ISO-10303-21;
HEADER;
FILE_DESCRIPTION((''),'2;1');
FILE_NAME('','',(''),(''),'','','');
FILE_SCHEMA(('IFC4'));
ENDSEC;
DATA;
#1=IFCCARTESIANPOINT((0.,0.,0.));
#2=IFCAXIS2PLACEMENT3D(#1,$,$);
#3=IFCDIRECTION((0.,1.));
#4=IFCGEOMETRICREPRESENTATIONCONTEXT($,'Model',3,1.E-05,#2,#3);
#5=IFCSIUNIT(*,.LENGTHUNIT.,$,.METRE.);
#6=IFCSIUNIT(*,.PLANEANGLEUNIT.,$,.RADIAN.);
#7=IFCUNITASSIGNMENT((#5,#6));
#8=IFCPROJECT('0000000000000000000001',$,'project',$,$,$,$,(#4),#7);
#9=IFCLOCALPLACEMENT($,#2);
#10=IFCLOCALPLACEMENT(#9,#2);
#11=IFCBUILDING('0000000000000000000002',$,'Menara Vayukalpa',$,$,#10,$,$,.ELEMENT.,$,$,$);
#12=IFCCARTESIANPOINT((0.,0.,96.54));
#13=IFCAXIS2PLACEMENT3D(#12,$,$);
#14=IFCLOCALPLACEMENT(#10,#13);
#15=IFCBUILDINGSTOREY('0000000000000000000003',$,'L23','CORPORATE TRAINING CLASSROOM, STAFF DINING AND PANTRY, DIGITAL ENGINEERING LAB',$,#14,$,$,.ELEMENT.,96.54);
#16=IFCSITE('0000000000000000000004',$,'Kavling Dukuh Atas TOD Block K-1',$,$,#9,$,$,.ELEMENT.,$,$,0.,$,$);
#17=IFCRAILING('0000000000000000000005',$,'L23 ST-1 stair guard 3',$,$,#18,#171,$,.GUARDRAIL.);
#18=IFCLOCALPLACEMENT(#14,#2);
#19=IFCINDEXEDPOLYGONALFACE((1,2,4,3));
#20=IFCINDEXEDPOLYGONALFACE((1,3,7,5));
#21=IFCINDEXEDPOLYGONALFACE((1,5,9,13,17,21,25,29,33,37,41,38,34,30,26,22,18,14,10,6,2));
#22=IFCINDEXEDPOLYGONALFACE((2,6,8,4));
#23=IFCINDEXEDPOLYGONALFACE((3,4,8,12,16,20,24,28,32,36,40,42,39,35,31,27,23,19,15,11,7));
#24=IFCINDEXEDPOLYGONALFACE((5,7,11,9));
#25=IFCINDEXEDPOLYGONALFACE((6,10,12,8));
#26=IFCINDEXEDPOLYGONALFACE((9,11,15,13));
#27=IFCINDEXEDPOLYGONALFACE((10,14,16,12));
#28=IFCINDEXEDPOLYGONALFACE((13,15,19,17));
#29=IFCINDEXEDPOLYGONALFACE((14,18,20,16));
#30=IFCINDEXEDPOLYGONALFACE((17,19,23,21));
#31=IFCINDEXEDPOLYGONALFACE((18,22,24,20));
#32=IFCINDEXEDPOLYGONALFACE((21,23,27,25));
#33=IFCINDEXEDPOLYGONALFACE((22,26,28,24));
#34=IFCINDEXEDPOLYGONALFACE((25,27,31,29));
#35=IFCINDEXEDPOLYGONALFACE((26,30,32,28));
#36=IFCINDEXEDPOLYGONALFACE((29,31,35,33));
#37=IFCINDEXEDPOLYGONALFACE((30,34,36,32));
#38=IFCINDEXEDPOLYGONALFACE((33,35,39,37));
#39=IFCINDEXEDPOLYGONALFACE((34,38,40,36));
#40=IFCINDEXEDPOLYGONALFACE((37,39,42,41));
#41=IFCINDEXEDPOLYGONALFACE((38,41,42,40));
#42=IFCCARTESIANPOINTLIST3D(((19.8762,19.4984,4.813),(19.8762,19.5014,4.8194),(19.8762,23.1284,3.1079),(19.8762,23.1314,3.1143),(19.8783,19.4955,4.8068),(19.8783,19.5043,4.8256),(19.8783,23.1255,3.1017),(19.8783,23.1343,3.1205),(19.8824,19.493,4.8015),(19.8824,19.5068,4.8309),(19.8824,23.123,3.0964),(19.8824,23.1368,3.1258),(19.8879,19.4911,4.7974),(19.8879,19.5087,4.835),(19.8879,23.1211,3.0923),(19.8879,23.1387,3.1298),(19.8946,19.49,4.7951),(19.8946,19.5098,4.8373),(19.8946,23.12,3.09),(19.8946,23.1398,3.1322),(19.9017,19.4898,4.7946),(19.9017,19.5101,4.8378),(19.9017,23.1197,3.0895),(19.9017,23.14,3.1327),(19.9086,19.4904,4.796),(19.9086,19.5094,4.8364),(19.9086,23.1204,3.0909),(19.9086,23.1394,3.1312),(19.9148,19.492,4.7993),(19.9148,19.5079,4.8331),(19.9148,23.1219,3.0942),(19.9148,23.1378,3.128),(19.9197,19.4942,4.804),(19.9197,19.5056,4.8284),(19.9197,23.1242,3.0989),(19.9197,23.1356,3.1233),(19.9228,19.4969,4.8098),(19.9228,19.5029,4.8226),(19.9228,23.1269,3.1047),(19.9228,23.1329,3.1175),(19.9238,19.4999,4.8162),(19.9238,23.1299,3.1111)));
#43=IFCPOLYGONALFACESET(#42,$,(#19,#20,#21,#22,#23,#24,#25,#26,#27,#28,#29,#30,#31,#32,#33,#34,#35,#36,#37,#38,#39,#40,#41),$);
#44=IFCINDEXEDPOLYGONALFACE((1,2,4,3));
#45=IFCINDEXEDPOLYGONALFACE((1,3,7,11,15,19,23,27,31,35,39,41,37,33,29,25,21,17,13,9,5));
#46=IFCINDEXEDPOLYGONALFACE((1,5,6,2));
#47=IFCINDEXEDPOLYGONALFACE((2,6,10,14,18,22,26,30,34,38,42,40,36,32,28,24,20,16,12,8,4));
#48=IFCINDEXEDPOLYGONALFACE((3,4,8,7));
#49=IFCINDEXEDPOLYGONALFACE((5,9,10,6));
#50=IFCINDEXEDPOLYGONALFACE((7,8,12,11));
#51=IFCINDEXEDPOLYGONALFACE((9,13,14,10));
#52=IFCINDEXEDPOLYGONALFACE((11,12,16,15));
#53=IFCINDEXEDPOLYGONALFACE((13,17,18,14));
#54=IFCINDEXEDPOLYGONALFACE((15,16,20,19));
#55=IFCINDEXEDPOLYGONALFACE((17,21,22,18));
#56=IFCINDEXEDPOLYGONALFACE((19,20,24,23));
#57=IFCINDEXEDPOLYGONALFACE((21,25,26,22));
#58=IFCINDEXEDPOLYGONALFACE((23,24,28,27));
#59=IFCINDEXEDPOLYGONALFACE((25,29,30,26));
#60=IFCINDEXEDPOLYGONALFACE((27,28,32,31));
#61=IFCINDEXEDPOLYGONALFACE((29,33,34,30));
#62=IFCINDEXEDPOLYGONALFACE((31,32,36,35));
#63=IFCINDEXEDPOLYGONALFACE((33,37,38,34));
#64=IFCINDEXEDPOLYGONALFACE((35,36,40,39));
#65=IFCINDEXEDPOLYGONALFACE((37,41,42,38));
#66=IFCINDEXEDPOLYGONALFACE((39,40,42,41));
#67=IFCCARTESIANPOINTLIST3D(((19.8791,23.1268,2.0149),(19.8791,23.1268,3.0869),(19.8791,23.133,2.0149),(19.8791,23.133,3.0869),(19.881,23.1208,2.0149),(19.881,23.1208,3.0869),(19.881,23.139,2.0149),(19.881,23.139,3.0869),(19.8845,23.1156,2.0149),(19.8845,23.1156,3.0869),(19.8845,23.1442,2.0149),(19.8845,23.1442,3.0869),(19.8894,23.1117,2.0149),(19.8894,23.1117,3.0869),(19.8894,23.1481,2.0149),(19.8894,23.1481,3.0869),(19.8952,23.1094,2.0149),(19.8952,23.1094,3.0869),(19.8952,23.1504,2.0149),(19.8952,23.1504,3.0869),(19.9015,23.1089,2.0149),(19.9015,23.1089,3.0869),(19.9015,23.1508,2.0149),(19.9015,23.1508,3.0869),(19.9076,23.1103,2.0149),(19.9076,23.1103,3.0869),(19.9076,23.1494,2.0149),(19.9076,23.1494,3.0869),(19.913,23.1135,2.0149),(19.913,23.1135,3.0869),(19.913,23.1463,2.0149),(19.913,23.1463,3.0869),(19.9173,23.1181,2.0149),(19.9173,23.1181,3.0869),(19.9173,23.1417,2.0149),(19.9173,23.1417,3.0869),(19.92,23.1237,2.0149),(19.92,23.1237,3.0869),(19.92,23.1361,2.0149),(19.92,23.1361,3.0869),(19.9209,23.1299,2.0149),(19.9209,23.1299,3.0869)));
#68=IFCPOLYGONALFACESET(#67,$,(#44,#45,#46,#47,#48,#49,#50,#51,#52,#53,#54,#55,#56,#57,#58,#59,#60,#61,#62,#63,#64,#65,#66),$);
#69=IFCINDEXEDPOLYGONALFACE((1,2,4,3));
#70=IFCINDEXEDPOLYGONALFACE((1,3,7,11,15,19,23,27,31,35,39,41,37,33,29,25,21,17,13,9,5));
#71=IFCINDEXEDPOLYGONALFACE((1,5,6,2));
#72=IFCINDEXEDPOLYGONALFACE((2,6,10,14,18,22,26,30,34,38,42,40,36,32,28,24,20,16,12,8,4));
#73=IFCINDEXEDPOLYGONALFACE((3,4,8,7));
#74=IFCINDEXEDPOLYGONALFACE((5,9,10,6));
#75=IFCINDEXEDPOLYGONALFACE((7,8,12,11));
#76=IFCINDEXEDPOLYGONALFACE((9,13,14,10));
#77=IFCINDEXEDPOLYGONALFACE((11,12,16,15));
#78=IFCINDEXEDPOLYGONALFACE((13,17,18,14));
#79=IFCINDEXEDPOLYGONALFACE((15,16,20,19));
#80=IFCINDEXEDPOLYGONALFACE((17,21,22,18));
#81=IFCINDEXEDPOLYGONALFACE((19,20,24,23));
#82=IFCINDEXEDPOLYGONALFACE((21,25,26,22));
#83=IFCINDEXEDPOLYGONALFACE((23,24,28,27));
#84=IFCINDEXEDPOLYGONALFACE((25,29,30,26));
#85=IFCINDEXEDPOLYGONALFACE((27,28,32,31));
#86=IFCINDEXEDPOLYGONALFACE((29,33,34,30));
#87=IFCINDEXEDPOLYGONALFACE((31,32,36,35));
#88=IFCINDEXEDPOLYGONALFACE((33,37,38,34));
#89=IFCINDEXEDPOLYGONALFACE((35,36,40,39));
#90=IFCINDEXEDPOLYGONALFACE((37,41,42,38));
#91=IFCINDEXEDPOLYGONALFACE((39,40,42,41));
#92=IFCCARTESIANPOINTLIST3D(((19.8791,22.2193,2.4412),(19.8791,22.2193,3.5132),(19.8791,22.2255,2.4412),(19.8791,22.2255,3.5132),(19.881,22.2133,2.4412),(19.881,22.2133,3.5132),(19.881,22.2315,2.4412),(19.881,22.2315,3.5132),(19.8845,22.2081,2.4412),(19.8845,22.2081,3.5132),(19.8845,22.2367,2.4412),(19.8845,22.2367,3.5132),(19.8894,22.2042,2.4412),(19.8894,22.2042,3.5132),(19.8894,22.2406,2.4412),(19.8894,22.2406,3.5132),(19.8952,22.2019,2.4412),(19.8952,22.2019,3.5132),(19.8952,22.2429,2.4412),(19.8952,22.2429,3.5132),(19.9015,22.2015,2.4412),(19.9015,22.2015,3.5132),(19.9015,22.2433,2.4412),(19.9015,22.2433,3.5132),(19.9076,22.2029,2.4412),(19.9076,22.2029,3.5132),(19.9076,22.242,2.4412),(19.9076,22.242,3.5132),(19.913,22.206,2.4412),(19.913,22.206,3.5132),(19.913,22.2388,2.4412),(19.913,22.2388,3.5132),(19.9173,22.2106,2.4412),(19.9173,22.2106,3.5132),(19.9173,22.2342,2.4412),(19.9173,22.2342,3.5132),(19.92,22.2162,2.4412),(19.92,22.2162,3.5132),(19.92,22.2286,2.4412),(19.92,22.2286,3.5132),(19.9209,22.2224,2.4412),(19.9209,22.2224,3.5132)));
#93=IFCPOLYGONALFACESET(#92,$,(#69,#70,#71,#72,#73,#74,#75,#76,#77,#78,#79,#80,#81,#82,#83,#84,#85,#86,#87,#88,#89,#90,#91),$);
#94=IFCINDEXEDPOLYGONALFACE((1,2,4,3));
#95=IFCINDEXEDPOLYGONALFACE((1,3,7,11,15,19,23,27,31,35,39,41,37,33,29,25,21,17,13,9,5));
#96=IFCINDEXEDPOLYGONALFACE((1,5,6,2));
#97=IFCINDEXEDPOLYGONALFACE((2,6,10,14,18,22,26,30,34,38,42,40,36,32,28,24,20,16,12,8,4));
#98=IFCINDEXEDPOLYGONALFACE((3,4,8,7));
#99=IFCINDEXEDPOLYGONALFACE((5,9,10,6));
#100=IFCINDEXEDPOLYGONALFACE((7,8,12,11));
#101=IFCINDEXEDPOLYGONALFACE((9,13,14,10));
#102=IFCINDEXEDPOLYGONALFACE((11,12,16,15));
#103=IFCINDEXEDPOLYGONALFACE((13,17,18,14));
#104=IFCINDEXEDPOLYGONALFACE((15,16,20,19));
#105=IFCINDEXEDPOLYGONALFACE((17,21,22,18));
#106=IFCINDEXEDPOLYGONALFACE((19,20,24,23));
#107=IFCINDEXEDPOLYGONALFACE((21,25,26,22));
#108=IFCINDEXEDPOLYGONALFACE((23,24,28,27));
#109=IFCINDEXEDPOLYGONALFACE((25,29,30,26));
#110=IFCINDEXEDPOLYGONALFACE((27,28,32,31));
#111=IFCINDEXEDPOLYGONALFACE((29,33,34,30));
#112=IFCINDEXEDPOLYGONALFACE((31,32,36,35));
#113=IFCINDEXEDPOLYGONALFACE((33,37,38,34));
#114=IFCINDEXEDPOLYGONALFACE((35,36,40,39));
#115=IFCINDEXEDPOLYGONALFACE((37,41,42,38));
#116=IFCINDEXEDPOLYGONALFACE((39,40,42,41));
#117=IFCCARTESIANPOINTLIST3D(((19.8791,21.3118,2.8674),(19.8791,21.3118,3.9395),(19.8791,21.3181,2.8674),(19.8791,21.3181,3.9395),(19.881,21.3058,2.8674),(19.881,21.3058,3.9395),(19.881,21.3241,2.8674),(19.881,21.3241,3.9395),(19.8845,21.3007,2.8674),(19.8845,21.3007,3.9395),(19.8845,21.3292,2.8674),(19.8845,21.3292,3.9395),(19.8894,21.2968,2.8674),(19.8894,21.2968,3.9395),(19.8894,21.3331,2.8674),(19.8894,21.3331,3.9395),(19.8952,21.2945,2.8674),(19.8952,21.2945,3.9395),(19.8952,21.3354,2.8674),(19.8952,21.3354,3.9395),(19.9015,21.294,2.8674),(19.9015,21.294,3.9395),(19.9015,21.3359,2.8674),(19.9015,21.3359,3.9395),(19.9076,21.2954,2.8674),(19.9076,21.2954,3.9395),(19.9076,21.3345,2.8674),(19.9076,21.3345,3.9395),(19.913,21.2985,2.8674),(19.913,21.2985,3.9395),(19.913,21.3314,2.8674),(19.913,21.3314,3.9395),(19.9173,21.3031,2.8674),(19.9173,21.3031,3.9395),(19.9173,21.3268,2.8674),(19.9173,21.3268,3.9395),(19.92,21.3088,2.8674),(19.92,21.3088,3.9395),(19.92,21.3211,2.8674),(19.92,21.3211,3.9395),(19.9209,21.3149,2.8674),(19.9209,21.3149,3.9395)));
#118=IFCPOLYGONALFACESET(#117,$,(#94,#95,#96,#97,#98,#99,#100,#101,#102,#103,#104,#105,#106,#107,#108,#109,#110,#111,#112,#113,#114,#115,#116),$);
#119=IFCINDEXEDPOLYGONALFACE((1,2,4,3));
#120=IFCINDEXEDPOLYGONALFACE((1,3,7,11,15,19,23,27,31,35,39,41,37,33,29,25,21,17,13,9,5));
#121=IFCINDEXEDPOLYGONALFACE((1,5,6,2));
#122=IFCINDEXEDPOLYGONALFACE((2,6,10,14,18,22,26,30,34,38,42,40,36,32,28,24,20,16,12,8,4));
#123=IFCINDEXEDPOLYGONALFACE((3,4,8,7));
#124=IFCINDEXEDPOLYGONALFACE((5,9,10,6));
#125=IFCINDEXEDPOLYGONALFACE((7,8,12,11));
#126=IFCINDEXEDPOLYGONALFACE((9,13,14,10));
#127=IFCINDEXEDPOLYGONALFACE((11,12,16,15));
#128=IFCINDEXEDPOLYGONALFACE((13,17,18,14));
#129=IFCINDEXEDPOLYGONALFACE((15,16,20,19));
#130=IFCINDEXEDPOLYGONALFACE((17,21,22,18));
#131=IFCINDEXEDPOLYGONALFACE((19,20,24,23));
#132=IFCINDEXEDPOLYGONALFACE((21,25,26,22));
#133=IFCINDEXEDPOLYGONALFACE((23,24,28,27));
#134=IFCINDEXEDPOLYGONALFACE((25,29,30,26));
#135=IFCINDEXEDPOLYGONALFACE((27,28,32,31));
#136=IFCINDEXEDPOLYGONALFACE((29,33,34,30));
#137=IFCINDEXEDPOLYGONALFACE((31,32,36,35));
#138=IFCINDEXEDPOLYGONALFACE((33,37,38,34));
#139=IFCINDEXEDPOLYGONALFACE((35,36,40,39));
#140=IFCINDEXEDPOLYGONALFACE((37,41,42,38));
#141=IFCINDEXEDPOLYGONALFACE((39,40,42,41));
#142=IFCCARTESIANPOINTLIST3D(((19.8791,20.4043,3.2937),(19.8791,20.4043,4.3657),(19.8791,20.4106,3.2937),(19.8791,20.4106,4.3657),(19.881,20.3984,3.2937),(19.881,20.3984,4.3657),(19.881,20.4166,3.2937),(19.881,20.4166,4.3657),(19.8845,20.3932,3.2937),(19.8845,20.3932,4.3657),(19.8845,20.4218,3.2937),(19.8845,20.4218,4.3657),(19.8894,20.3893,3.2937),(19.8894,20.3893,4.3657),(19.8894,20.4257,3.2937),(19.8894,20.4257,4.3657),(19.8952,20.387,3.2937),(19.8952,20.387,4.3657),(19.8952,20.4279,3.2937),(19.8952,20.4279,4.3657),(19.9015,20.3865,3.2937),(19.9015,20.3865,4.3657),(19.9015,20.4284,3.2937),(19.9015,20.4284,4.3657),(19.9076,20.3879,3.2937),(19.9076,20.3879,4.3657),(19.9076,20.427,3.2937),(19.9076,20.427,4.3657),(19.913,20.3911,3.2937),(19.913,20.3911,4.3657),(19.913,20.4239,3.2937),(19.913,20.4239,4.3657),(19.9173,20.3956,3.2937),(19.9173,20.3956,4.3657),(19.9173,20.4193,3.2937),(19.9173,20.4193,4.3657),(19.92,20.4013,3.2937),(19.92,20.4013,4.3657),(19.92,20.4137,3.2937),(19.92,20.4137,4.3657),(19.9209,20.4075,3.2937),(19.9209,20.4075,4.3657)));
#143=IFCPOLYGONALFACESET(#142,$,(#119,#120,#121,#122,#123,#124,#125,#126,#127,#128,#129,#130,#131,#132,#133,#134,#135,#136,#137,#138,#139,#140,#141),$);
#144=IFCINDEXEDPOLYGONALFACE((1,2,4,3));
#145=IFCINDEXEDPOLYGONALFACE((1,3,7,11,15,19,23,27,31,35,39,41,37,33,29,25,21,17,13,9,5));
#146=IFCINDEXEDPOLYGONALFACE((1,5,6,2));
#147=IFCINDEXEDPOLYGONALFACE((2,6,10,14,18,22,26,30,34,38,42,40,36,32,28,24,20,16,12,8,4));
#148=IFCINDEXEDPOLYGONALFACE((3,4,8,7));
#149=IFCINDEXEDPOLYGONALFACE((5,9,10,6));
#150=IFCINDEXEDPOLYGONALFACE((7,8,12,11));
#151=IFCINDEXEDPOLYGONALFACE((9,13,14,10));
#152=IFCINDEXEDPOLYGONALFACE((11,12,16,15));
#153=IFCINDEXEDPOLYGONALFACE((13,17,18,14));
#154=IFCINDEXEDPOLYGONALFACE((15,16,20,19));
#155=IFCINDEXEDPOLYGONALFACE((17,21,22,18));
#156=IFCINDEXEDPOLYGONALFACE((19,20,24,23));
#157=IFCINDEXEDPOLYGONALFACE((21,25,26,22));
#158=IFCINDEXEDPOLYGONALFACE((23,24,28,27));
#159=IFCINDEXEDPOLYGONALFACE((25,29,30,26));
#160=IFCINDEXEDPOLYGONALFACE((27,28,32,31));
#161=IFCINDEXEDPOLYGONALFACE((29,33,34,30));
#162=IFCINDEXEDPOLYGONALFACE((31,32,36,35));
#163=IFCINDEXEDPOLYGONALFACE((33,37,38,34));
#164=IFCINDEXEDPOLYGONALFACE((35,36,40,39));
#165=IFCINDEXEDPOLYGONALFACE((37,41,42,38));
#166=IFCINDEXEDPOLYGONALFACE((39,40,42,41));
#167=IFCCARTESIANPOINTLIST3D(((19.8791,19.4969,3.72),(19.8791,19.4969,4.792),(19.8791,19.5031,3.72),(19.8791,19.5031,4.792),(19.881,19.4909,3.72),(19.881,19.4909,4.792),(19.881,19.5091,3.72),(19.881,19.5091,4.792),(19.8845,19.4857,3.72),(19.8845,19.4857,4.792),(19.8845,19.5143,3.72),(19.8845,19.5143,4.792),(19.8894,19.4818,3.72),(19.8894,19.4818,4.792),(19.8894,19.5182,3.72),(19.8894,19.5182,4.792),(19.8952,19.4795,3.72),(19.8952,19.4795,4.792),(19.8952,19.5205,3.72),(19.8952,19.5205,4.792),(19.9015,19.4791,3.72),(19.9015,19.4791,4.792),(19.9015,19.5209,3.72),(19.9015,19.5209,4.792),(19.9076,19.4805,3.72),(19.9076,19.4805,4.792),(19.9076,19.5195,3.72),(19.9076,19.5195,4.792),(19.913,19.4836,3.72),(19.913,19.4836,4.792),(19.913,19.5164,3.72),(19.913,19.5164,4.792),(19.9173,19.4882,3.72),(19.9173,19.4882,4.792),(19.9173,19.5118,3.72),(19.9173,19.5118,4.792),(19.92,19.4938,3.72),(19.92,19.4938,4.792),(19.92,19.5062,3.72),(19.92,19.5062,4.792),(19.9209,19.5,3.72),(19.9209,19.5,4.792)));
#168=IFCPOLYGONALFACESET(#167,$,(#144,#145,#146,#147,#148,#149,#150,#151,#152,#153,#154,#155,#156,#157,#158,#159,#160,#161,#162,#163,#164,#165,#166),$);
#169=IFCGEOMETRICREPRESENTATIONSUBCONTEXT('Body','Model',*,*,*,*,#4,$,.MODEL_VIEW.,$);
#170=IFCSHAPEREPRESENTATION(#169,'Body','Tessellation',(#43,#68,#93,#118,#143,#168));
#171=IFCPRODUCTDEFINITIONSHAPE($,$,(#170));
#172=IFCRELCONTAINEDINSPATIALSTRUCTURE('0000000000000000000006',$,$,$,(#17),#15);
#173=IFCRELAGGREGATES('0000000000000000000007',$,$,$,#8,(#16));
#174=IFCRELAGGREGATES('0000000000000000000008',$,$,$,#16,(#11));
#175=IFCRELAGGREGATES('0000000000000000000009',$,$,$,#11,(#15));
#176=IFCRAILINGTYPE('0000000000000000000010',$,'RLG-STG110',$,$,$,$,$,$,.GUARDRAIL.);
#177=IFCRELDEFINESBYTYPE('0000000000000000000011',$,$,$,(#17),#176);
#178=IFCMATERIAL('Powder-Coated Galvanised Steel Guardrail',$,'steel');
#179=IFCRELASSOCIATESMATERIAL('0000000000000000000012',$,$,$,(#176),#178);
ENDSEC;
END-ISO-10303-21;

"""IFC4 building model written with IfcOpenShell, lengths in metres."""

from ifc_helpers import new_model, si_unit, direction, frame, origin, origin_2d, place, context, subcontext, project, spatial, circle, extrude, material, type_object, element, save


model = new_model("IFC4")

# Units and contexts
model_context = context("Model", 3, precision=1e-05, world=origin(), true_north=direction((0.0, 1.0)))
body_context = subcontext(model_context, "Body", "Model", "MODEL_VIEW")
ifc_project = project(units=[si_unit("LENGTHUNIT", "METRE"), si_unit("PLANEANGLEUNIT", "RADIAN")], contexts=[model_context])

# Site, building, storey
site_placement = place(None, origin())
site = spatial("IfcSite", under=ifc_project, at=site_placement, Name="Kavling Dukuh Atas TOD Block K-1", CompositionType="ELEMENT", RefElevation=0.0)
building_placement = place(site_placement, origin())
building = spatial("IfcBuilding", under=site, at=building_placement, Name="Menara Vayukalpa", CompositionType="ELEMENT")
storey_placement = place(building_placement, frame((0.0, 0.0, 96.54)))
storey = spatial("IfcBuildingStorey", under=building, at=storey_placement, Name="L23", Description="CORPORATE TRAINING CLASSROOM, STAFF DINING AND PANTRY, DIGITAL ENGINEERING LAB", CompositionType="ELEMENT", Elevation=96.54)

# Railing
ifc_material_1 = material(Name="Powder-Coated Galvanised Steel Guardrail", Category="steel")
railing_type_1 = type_object("IfcRailingType", Name="RLG-STG110", PredefinedType="GUARDRAIL", material=ifc_material_1)
railing_1_placement = place(storey_placement, frame((19.8999, 23.1299, 2.0149)))
element("IfcRailing", 1, at=railing_1_placement, inside=storey, type_object=railing_type_1, Name="L23 ST-1 stair guard 3", PredefinedType="GUARDRAIL", context=body_context, shape_type="SweptSolid", body=[
    extrude(circle(Radius=0.0239, at=origin_2d()), frame((0.0, 0.0, 1.0962), z_axis=(0.0, -0.905116, 0.425164), x_axis=(1.0, 0.0, 0.0)), (0.0, 0.0, 1.0), 4.0105),
    extrude(circle(Radius=0.021, at=origin_2d()), origin(), (0.0, 0.0, 1.0), 1.072),
    extrude(circle(Radius=0.021, at=origin_2d()), frame((0.0, -0.9075, 0.4263)), (0.0, 0.0, 1.0), 1.072),
    extrude(circle(Radius=0.021, at=origin_2d()), frame((0.0, -1.8149, 0.8525)), (0.0, 0.0, 1.0), 1.072),
    extrude(circle(Radius=0.021, at=origin_2d()), frame((0.0, -2.7224, 1.2788)), (0.0, 0.0, 1.0), 1.072),
    extrude(circle(Radius=0.021, at=origin_2d()), frame((0.0, -3.6299, 1.7051)), (0.0, 0.0, 1.0), 1.072),
])

save(model, "model.ifc")
